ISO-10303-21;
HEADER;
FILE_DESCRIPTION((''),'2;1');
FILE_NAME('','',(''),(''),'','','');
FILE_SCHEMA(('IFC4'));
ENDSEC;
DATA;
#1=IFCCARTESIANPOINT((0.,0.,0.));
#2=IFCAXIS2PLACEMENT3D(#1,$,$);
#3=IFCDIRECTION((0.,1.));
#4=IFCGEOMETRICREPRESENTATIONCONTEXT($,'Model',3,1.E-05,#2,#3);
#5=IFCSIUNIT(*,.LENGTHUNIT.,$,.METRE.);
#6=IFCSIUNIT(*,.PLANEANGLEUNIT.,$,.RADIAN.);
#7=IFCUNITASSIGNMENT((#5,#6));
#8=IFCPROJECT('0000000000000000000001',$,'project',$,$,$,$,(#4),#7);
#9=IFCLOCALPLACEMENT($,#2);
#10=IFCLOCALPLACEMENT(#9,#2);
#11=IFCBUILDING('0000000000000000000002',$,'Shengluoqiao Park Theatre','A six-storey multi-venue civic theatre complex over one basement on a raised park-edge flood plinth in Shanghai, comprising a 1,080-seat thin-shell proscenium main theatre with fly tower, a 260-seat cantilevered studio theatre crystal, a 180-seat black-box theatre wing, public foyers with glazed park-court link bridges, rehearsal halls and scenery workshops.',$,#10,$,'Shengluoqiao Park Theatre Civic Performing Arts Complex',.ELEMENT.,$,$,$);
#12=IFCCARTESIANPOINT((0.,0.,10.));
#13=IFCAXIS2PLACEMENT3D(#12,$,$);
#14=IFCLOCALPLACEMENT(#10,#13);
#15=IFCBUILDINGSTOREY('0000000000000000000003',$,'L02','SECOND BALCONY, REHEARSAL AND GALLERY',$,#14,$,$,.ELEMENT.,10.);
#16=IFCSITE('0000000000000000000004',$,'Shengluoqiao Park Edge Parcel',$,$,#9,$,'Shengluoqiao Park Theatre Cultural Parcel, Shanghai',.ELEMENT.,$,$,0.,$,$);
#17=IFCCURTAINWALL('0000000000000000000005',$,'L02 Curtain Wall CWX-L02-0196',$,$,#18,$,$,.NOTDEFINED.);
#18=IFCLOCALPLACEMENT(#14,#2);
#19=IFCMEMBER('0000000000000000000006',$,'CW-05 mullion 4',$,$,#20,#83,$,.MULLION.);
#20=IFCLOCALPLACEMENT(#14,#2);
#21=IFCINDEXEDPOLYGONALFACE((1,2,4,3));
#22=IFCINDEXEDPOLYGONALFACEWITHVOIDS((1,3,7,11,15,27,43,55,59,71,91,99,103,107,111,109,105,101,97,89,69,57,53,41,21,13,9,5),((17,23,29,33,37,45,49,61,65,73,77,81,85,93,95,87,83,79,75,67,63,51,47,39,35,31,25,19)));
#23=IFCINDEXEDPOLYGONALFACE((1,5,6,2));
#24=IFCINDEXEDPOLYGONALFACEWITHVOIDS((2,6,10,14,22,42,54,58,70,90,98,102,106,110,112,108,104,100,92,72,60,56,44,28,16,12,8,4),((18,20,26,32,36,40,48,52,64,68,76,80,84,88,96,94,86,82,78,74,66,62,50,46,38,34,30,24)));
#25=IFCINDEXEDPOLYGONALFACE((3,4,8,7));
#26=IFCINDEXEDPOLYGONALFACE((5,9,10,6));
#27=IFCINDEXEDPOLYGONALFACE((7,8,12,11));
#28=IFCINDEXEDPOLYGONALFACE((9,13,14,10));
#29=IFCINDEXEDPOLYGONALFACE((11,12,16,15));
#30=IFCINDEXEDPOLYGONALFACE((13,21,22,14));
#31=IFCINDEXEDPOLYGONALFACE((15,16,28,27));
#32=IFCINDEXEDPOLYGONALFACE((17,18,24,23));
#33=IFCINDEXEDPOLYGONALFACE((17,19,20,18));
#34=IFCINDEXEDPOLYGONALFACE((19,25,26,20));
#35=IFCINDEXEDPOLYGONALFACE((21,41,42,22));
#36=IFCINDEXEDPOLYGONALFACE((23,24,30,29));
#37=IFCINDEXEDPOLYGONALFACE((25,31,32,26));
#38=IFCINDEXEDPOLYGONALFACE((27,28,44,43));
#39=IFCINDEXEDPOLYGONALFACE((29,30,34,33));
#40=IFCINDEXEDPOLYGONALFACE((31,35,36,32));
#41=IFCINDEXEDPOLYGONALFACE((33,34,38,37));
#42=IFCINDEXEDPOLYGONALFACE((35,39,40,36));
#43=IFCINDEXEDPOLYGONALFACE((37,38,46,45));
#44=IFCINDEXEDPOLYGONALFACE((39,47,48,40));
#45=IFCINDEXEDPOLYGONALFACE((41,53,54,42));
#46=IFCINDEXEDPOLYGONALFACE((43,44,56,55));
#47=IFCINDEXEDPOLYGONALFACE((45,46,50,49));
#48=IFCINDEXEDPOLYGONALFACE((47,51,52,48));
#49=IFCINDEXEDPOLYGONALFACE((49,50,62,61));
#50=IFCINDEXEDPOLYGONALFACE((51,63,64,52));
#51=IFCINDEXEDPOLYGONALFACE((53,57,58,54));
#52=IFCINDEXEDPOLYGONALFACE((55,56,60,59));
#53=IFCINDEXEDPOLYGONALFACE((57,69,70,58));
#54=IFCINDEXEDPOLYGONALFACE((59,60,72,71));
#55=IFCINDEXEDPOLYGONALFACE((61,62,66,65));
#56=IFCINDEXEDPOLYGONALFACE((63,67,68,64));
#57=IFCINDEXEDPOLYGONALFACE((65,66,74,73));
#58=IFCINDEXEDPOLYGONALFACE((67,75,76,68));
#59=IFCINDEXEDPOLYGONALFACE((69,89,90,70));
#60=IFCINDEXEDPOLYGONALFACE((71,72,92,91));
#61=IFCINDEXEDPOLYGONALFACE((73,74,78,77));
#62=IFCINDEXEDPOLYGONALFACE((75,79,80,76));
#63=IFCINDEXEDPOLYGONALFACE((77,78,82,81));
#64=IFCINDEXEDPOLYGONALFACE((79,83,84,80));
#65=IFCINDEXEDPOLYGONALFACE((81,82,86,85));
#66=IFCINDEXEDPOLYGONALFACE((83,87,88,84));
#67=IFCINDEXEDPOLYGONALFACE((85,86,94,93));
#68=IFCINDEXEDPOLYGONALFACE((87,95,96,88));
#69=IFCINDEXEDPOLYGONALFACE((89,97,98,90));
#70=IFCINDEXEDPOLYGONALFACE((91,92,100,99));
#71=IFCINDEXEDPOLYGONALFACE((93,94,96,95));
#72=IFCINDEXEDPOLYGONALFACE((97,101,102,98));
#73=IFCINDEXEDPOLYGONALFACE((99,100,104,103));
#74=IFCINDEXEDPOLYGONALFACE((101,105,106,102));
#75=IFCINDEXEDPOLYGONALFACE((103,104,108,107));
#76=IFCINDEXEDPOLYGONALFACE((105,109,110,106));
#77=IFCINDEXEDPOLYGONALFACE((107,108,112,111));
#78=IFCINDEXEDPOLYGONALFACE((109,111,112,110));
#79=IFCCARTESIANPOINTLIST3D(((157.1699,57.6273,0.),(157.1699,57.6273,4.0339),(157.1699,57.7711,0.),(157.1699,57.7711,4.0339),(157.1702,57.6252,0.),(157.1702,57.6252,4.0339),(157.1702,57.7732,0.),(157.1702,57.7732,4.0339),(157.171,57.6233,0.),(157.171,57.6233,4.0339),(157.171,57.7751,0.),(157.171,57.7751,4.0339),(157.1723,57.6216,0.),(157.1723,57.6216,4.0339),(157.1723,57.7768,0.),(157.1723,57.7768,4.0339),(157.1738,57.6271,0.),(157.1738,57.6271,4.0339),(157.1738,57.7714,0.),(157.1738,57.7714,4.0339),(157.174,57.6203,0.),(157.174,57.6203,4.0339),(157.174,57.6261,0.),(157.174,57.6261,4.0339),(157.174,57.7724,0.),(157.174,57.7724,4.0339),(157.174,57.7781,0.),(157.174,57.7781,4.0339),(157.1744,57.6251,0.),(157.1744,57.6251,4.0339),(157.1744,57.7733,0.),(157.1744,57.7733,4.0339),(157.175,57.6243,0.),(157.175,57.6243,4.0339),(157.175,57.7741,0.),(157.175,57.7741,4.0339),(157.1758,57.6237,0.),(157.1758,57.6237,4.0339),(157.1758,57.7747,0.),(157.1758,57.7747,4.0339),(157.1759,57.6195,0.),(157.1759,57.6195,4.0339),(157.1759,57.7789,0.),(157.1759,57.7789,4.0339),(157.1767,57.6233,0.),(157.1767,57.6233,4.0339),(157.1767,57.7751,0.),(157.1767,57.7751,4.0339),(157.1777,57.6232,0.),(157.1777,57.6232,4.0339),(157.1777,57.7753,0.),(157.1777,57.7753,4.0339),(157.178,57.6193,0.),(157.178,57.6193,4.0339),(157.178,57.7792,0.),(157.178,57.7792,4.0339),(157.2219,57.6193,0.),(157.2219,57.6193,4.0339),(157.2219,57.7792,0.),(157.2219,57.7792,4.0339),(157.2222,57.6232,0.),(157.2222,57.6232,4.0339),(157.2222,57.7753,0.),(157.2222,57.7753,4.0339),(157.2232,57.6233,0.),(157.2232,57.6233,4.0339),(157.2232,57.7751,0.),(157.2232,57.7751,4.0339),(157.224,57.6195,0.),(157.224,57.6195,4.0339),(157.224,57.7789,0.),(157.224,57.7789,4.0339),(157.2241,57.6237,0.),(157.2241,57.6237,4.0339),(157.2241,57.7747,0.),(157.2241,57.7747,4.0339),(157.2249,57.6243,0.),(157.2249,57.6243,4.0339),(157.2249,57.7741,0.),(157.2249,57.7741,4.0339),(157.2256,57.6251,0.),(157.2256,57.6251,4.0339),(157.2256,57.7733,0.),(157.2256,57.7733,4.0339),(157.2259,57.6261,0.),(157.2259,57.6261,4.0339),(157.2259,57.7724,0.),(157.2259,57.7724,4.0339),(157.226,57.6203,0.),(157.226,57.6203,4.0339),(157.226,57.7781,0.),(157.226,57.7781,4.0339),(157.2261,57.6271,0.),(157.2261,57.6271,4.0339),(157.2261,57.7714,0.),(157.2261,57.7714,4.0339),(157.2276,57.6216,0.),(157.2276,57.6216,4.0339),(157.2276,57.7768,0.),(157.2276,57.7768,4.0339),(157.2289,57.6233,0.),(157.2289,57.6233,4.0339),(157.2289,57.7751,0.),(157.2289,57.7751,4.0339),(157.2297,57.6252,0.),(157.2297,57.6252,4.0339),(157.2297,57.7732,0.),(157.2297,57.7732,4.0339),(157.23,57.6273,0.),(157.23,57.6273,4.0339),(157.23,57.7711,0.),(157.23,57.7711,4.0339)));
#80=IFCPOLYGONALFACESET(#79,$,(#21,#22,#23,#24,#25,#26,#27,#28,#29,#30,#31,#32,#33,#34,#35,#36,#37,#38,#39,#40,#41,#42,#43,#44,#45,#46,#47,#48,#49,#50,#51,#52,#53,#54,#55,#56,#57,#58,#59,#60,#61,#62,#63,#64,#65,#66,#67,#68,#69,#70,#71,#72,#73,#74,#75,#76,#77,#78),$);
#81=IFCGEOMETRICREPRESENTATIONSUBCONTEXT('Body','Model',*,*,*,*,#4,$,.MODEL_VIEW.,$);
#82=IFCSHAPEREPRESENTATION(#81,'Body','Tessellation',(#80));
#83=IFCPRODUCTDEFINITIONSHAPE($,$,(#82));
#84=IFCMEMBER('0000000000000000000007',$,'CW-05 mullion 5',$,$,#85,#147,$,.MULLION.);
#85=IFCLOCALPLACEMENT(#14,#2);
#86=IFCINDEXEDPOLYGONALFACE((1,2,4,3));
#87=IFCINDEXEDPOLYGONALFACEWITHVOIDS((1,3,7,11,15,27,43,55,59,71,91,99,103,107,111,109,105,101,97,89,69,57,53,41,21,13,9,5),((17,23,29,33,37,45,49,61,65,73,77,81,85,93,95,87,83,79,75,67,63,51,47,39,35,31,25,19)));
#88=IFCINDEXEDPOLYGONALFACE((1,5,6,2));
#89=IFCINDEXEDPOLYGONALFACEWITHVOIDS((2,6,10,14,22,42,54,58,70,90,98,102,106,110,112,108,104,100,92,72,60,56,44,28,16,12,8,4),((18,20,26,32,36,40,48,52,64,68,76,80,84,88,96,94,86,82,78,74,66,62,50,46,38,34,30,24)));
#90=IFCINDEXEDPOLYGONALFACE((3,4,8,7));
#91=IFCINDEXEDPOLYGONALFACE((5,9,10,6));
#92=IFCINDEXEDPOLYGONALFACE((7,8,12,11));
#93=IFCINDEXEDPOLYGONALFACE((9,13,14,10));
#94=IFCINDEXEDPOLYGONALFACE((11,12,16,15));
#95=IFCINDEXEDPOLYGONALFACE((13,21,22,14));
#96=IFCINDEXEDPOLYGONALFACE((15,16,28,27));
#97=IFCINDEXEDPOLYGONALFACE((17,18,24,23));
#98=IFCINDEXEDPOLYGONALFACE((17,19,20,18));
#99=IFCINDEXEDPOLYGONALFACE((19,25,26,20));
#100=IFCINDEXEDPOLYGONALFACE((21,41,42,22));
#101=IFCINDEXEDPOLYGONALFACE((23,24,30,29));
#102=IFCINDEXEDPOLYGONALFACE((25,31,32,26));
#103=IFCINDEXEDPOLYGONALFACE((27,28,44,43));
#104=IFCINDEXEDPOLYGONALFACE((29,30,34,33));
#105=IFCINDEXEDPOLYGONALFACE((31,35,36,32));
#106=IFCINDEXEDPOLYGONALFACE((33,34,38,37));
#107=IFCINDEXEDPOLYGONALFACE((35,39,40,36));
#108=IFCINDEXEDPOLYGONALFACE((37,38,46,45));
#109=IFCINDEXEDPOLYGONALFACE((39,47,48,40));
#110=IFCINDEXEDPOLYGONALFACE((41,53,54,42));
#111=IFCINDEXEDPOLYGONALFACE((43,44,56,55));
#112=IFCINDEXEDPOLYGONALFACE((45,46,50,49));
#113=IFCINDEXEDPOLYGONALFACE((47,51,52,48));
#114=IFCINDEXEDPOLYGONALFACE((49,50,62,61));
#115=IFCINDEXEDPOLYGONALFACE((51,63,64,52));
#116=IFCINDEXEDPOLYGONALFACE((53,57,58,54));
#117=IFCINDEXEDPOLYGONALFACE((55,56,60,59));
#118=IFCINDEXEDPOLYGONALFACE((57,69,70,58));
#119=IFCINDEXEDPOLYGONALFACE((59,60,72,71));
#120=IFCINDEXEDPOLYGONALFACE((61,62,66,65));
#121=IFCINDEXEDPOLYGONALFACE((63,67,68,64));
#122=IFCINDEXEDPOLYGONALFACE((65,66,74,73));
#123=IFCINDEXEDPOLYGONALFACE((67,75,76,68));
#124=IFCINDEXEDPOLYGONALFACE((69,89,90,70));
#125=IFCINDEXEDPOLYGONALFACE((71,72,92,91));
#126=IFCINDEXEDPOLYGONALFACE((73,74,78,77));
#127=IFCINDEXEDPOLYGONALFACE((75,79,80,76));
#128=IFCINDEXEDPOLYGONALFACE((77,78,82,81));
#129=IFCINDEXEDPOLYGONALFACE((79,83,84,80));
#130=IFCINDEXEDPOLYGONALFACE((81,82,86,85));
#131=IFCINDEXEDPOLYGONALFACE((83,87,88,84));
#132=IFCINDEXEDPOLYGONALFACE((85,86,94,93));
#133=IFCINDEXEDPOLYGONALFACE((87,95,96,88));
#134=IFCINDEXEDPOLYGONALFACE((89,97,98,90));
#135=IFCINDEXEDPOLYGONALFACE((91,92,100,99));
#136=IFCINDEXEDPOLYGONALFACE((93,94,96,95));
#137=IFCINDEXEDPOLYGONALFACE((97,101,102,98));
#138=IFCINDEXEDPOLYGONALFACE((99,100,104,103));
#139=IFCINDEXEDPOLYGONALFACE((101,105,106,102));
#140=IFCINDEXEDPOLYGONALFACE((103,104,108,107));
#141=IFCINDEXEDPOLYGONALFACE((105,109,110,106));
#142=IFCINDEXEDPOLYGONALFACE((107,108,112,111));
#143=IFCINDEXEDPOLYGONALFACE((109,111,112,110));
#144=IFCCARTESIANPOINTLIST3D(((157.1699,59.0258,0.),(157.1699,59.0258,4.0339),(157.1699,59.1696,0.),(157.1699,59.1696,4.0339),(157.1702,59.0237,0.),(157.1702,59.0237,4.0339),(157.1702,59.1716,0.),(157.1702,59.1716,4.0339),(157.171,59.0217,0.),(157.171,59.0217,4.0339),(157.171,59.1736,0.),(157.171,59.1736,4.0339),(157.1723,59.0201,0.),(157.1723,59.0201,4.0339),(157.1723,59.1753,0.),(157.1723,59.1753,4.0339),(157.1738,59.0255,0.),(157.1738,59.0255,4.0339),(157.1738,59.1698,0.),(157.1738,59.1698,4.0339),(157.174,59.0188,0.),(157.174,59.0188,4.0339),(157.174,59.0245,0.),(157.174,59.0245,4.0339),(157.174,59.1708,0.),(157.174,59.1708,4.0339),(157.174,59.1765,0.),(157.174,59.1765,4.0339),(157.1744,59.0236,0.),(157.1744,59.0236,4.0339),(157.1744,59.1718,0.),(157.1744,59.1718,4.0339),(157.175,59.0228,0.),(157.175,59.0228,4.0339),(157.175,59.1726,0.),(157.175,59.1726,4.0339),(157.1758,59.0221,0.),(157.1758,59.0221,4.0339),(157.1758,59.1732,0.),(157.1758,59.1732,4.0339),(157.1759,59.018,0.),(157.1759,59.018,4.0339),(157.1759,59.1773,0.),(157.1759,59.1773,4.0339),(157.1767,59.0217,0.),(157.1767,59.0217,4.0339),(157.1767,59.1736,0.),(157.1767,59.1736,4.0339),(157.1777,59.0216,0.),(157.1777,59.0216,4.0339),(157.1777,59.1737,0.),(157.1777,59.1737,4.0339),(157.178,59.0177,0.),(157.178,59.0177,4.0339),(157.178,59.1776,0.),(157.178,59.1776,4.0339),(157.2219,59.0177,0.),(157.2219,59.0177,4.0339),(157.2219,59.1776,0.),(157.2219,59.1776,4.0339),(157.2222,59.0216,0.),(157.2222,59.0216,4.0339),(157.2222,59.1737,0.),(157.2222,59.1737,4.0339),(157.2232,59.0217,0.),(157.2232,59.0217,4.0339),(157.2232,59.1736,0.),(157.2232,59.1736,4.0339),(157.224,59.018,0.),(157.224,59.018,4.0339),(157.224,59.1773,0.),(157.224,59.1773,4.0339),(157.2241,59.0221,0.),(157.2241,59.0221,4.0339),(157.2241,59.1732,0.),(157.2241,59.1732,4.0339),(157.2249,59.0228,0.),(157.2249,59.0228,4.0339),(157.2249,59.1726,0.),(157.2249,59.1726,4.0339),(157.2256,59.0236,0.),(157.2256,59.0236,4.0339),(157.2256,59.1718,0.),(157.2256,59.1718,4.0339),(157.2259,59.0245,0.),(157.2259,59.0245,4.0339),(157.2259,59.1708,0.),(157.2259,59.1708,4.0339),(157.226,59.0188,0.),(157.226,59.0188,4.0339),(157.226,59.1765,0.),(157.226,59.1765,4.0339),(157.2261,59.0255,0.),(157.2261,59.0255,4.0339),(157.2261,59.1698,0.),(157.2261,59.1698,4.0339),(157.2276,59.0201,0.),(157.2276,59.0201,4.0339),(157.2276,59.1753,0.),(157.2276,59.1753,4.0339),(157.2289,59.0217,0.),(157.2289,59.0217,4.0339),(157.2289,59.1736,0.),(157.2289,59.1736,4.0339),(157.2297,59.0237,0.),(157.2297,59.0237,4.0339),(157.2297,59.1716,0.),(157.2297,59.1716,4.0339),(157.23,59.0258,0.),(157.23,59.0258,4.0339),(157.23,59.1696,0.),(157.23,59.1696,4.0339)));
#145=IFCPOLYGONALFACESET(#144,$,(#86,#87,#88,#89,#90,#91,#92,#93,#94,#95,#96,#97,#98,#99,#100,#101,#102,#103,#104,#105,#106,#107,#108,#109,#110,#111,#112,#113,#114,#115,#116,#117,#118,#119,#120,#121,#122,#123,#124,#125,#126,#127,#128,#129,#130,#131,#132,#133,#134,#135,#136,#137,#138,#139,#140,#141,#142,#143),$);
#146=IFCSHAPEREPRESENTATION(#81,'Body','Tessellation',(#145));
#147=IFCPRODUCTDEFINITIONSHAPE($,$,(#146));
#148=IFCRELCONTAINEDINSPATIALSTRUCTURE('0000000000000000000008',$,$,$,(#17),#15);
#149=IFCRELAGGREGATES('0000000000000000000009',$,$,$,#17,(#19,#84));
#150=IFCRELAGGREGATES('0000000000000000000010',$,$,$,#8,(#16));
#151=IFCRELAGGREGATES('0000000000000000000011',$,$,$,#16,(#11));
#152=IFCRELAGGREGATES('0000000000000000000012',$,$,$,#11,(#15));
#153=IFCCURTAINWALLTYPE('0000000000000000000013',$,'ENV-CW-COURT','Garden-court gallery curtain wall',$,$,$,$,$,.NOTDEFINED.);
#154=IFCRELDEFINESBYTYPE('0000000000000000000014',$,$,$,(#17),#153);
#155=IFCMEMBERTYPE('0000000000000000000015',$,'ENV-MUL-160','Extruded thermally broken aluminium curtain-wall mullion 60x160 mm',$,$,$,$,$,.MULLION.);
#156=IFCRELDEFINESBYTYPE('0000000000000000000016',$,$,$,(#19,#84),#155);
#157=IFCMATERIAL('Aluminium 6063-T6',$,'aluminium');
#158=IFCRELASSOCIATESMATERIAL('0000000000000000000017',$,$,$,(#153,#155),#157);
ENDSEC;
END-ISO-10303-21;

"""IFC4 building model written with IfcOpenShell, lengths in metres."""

from ifc_helpers import new_model, si_unit, direction, frame, origin, origin_2d, place, context, subcontext, project, spatial, hollow_rectangle, extrude, material, material_profile, profile_set, type_object, element, aggregate, save


model = new_model("IFC4")

# Units and contexts
model_context = context("Model", 3, precision=1e-05, world=origin(), true_north=direction((0.0, 1.0)))
body_context = subcontext(model_context, "Body", "Model", "MODEL_VIEW")
ifc_project = project(units=[si_unit("LENGTHUNIT", "METRE"), si_unit("PLANEANGLEUNIT", "RADIAN")], contexts=[model_context])

# Site, building, storey
site_placement = place(None, origin())
site = spatial("IfcSite", under=ifc_project, at=site_placement, Name="Shengluoqiao Park Edge Parcel", LongName="Shengluoqiao Park Theatre Cultural Parcel, Shanghai", CompositionType="ELEMENT", RefElevation=0.0)
building_placement = place(site_placement, origin())
building = spatial("IfcBuilding", under=site, at=building_placement, Name="Shengluoqiao Park Theatre", Description="A six-storey multi-venue civic theatre complex over one basement on a raised park-edge flood plinth in Shanghai, comprising a 1,080-seat thin-shell proscenium main theatre with fly tower, a 260-seat cantilevered studio theatre crystal, a 180-seat black-box theatre wing, public foyers with glazed park-court link bridges, rehearsal halls and scenery workshops.", LongName="Shengluoqiao Park Theatre Civic Performing Arts Complex", CompositionType="ELEMENT")
storey_placement = place(building_placement, frame((0.0, 0.0, 10.0)))
storey = spatial("IfcBuildingStorey", under=building, at=storey_placement, Name="L02", Description="SECOND BALCONY, REHEARSAL AND GALLERY", CompositionType="ELEMENT", Elevation=10.0)

# Curtain wall, members
ifc_material_1 = material(Name="Aluminium 6063-T6", Category="aluminium")
curtain_wall_type = type_object("IfcCurtainWallType", Name="ENV-CW-COURT", Description="Garden-court gallery curtain wall", PredefinedType="NOTDEFINED", material=ifc_material_1)
curtain_wall_placement = place(storey_placement, origin())
curtain_wall = element("IfcCurtainWall", 1, at=curtain_wall_placement, inside=storey, type_object=curtain_wall_type, Name="L02 Curtain Wall CWX-L02-0196", PredefinedType="NOTDEFINED")
ifc_material_profile_1 = material_profile(ifc_material_1, hollow_rectangle(XDim=0.0601, YDim=0.1599, WallThickness=0.0039, InnerFilletRadius=0.0039, OuterFilletRadius=0.0081, at=origin_2d()), Name="ALU MULLION 160x60x4")
ifc_profile_set_1 = profile_set([ifc_material_profile_1], Name="Aluminium 6063-T6")
member_type_1 = type_object("IfcMemberType", Name="ENV-MUL-160", Description="Extruded thermally broken aluminium curtain-wall mullion 60x160 mm", PredefinedType="MULLION", material=ifc_profile_set_1)
member_1_placement = place(storey_placement, frame((157.2, 57.6992, 0.0), z_axis=(0.0, 0.0, 1.0), x_axis=(-1.0, 0.0, 0.0)))
member_1 = element("IfcMember", 2, at=member_1_placement, type_object=member_type_1, Name="CW-05 mullion 4", PredefinedType="MULLION", context=body_context, shape_type="SweptSolid", body=[
    extrude(hollow_rectangle(XDim=0.0601, YDim=0.1599, WallThickness=0.0039, InnerFilletRadius=0.0039, OuterFilletRadius=0.0081, at=origin_2d()), origin(), (0.0, 0.0, 1.0), 4.0339),
])
member_2_placement = place(storey_placement, frame((157.2, 59.0977, 0.0), z_axis=(0.0, 0.0, 1.0), x_axis=(-1.0, 0.0, 0.0)))
member_2 = element("IfcMember", 3, at=member_2_placement, type_object=member_type_1, Name="CW-05 mullion 5", PredefinedType="MULLION", context=body_context, shape_type="SweptSolid", body=[
    extrude(hollow_rectangle(XDim=0.0601, YDim=0.1599, WallThickness=0.0039, InnerFilletRadius=0.0039, OuterFilletRadius=0.0081, at=origin_2d()), origin(), (0.0, 0.0, 1.0), 4.0339),
])
aggregate(curtain_wall, [member_1, member_2])

save(model, "model.ifc")
